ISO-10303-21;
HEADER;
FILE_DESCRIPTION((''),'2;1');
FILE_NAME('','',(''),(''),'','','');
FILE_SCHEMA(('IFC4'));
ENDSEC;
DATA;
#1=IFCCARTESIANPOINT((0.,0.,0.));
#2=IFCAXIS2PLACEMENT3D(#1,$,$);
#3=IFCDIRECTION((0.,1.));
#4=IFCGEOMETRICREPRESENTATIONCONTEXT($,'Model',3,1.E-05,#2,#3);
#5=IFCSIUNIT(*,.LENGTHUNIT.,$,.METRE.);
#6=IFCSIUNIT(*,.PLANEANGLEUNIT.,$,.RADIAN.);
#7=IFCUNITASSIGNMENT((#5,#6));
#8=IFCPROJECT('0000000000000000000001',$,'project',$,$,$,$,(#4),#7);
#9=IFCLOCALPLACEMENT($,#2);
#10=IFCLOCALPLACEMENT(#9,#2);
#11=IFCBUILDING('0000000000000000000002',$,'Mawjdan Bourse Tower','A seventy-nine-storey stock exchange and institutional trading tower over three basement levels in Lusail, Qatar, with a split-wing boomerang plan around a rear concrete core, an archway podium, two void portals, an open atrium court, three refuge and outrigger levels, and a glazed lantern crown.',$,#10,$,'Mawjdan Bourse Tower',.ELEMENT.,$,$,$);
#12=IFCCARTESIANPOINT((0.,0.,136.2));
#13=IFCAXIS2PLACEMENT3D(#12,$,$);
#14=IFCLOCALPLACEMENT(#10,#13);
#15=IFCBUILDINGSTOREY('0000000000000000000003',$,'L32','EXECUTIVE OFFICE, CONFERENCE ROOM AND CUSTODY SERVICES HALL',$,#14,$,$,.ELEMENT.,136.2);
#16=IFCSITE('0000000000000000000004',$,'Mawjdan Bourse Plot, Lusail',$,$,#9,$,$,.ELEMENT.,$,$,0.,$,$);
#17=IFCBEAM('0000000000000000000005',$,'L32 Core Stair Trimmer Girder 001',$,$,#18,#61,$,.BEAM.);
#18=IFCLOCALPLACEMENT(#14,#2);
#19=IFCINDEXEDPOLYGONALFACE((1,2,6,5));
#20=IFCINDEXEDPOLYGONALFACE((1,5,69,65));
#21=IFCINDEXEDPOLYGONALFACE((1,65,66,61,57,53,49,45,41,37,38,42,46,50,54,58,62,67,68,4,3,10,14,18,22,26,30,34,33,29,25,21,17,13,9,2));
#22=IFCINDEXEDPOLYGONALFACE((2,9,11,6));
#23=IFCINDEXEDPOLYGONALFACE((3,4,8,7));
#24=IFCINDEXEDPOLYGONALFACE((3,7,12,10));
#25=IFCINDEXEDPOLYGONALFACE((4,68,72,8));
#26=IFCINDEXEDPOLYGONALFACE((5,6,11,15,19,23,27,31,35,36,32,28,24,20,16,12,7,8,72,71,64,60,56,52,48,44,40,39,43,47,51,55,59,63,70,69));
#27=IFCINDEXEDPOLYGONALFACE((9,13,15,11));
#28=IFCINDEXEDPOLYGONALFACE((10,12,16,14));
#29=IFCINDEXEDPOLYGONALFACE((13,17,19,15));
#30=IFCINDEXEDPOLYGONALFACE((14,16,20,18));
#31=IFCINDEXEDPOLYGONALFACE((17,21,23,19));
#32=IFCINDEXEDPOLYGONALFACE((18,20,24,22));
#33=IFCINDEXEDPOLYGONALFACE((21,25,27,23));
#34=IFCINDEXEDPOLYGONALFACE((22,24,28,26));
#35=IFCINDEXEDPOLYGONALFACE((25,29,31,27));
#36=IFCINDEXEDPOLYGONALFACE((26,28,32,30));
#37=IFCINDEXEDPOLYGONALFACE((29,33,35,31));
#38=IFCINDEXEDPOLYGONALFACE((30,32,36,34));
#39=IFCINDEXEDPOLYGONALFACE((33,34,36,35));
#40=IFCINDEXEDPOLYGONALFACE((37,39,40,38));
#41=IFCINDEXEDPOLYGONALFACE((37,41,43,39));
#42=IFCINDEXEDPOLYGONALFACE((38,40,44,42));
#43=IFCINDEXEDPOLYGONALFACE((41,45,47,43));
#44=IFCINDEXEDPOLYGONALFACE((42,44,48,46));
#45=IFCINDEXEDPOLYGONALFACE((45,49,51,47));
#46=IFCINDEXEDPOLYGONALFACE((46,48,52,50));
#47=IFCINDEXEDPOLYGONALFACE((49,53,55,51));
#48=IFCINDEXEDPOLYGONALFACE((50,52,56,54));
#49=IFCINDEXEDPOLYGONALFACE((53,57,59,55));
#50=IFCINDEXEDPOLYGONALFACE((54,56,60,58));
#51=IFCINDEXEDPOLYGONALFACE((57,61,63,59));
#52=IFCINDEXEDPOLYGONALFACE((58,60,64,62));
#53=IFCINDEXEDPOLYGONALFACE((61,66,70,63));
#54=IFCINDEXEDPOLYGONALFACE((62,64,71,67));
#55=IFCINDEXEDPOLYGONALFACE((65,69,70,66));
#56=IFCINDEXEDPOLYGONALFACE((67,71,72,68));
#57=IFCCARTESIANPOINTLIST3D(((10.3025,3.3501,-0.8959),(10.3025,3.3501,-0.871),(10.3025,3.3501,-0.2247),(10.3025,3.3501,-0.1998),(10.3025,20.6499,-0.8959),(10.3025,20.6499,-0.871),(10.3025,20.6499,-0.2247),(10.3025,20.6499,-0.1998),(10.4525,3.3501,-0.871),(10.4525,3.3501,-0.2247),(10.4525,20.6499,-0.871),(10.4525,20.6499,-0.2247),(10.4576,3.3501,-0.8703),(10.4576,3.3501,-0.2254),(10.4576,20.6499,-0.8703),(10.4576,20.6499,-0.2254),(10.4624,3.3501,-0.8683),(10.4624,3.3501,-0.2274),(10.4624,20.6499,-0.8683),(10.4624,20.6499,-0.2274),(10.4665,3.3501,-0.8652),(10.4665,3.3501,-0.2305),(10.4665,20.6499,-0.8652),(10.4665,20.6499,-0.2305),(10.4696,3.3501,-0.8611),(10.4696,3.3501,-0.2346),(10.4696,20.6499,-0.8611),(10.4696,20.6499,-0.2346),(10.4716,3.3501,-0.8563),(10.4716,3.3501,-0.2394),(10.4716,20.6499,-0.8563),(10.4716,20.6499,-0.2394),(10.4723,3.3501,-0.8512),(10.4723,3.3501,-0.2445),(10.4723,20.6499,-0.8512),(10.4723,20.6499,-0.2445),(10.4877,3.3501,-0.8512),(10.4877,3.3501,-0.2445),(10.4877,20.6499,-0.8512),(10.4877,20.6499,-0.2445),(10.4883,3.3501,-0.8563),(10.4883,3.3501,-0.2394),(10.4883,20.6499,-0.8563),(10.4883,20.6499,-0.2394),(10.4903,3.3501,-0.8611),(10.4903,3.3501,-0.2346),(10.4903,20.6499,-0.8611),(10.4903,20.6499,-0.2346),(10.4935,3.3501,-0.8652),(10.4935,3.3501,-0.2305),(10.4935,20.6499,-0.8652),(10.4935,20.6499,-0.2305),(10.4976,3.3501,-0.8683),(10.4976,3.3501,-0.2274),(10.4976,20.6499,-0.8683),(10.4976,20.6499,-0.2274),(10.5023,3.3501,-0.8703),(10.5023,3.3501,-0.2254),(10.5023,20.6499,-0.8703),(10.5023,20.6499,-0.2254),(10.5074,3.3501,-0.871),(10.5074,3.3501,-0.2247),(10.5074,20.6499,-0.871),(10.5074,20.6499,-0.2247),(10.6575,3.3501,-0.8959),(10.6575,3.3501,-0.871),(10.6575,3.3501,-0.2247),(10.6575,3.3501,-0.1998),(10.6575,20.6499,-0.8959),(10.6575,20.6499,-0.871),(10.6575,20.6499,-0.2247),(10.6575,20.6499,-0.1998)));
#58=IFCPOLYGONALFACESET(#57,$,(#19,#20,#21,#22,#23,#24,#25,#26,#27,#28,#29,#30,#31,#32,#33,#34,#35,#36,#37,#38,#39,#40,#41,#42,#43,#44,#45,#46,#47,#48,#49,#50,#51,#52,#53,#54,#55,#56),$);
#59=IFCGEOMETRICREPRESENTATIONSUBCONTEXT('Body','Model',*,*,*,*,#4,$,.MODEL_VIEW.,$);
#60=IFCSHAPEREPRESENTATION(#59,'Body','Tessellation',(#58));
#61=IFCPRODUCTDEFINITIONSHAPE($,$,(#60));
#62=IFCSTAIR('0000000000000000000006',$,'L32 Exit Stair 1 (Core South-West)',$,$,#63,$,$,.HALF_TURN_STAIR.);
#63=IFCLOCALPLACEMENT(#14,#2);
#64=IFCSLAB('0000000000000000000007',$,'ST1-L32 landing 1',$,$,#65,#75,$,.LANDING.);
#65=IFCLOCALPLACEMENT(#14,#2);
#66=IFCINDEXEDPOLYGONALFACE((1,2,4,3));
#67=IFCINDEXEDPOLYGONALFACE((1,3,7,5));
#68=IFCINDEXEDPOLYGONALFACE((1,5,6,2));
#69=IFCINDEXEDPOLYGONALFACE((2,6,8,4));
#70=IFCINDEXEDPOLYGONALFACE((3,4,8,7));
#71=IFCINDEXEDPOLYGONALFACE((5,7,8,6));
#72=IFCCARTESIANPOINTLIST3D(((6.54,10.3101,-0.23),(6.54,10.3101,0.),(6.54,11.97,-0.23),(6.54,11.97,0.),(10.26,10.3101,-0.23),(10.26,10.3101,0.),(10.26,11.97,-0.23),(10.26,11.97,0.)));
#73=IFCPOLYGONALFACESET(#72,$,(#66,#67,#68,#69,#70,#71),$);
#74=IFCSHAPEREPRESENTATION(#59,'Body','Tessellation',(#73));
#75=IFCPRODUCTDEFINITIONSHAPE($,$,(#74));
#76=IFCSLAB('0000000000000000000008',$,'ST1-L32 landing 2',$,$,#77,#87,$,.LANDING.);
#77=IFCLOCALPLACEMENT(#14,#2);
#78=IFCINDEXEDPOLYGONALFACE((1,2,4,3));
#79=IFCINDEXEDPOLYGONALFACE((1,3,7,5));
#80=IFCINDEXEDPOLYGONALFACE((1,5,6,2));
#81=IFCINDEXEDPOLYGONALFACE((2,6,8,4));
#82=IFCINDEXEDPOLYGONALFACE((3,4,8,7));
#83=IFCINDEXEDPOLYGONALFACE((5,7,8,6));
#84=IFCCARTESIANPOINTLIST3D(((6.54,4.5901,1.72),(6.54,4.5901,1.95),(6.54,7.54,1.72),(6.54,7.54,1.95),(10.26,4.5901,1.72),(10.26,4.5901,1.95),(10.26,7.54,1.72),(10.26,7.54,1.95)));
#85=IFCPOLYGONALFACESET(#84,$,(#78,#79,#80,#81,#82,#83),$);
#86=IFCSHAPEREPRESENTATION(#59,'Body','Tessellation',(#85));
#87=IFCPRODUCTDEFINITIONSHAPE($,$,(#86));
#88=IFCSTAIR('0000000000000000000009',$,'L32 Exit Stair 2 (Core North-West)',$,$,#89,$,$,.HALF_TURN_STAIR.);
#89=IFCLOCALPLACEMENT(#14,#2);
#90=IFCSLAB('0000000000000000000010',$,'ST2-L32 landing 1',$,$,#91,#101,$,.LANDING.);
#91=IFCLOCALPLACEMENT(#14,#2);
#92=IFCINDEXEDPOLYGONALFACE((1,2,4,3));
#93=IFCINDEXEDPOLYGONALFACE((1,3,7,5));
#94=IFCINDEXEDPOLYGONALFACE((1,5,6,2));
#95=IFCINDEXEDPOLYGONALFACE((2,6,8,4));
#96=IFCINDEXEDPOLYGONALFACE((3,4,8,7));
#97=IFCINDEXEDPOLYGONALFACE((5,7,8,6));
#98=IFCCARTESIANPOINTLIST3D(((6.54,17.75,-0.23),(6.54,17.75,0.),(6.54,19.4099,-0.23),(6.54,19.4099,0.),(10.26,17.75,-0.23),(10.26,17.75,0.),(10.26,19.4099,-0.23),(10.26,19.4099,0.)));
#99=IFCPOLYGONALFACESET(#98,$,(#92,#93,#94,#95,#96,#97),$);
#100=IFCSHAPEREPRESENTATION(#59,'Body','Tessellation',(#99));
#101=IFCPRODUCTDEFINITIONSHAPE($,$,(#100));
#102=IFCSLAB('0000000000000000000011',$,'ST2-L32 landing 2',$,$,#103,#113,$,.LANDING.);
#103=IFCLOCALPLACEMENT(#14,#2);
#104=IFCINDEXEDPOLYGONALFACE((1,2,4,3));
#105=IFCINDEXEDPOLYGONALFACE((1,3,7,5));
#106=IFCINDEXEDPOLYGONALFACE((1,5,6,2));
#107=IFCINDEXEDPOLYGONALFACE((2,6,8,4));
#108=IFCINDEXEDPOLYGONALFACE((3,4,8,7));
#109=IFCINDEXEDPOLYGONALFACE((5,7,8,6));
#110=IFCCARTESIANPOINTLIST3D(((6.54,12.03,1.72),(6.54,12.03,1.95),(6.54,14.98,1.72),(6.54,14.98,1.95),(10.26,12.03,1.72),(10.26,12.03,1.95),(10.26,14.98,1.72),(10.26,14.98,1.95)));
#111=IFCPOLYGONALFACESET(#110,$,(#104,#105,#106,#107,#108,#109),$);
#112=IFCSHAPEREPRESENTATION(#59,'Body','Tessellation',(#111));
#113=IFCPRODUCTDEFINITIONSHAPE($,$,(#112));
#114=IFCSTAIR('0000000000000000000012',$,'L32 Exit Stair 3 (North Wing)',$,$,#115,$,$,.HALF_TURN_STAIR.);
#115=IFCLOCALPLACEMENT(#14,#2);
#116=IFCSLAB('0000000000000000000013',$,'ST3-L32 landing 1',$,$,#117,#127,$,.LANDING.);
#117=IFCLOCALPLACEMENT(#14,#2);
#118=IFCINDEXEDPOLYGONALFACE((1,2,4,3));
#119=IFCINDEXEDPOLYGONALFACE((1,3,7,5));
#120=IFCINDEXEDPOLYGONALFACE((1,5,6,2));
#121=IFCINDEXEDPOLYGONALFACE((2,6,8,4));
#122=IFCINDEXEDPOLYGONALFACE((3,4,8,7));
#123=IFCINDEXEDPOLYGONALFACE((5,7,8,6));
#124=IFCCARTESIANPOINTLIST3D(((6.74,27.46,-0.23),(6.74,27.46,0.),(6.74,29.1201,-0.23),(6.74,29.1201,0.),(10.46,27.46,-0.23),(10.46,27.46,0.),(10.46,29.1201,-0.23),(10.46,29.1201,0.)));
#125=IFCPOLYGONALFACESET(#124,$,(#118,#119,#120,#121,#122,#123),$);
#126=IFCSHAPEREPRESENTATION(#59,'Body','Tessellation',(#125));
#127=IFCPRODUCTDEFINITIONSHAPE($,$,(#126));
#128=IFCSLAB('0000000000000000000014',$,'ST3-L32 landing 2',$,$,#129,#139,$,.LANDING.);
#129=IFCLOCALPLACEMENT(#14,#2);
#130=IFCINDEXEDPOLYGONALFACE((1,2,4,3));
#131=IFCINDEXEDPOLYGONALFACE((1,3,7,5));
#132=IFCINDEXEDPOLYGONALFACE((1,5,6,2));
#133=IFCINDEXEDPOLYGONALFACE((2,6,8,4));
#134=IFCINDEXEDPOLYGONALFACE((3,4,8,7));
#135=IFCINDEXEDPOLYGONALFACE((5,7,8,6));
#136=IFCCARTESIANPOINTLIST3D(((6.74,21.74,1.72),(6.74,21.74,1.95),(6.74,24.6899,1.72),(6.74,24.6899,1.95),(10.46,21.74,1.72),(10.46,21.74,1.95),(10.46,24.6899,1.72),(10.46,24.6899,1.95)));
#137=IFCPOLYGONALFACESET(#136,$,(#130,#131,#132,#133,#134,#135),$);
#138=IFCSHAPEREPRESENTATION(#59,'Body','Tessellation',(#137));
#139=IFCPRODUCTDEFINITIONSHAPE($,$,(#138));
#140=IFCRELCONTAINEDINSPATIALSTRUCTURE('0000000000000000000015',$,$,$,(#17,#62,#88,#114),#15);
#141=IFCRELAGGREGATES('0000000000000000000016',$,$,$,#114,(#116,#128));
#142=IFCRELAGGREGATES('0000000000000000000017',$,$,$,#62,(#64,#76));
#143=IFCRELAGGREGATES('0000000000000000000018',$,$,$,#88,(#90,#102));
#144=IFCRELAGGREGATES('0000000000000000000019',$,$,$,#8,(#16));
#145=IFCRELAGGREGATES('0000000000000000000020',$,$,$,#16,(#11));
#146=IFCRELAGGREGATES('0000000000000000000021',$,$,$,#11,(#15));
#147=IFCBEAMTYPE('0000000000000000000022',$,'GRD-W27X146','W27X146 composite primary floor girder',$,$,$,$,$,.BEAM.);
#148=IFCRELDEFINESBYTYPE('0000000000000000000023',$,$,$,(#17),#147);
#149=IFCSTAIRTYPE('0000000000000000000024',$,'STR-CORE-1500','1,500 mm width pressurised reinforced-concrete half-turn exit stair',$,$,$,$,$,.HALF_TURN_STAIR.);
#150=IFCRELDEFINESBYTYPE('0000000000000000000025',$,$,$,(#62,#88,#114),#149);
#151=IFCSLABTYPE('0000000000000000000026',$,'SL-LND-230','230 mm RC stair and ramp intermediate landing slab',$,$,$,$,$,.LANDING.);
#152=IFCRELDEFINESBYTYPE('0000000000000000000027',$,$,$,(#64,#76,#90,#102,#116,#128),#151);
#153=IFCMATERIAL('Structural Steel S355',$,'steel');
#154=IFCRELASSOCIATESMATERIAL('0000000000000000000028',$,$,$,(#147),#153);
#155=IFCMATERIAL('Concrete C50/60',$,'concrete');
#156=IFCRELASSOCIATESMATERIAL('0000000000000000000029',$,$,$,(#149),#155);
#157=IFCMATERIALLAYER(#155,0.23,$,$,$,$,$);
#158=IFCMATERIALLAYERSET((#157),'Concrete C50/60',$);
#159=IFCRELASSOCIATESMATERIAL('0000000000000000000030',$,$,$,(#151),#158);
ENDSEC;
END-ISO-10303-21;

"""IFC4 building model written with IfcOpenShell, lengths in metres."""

from ifc_helpers import new_model, si_unit, direction, frame, origin, origin_2d, place, context, subcontext, project, spatial, polyline, i_section, outline, extrude, material, layer, layer_set, material_profile, profile_set, type_object, element, aggregate, save


model = new_model("IFC4")

# Units and contexts
model_context = context("Model", 3, precision=1e-05, world=origin(), true_north=direction((0.0, 1.0)))
body_context = subcontext(model_context, "Body", "Model", "MODEL_VIEW")
ifc_project = project(units=[si_unit("LENGTHUNIT", "METRE"), si_unit("PLANEANGLEUNIT", "RADIAN")], contexts=[model_context])

# Site, building, storey
site_placement = place(None, origin())
site = spatial("IfcSite", under=ifc_project, at=site_placement, Name="Mawjdan Bourse Plot, Lusail", CompositionType="ELEMENT", RefElevation=0.0)
building_placement = place(site_placement, origin())
building = spatial("IfcBuilding", under=site, at=building_placement, Name="Mawjdan Bourse Tower", Description="A seventy-nine-storey stock exchange and institutional trading tower over three basement levels in Lusail, Qatar, with a split-wing boomerang plan around a rear concrete core, an archway podium, two void portals, an open atrium court, three refuge and outrigger levels, and a glazed lantern crown.", LongName="Mawjdan Bourse Tower", CompositionType="ELEMENT")
storey_placement = place(building_placement, frame((0.0, 0.0, 136.2)))
storey = spatial("IfcBuildingStorey", under=building, at=storey_placement, Name="L32", Description="EXECUTIVE OFFICE, CONFERENCE ROOM AND CUSTODY SERVICES HALL", CompositionType="ELEMENT", Elevation=136.2)

# Beam
ifc_material_1 = material(Name="Structural Steel S355", Category="steel")
ifc_material_profile = material_profile(ifc_material_1, i_section(OverallWidth=0.355, OverallDepth=0.696, WebThickness=0.0154, FlangeThickness=0.0249, FilletRadius=0.0198, at=origin_2d()), Name="W27X146")
ifc_profile_set = profile_set([ifc_material_profile], Name="Structural Steel S355")
beam_type = type_object("IfcBeamType", Name="GRD-W27X146", Description="W27X146 composite primary floor girder", PredefinedType="BEAM", material=ifc_profile_set)
beam_placement = place(storey_placement, frame((10.48, 3.3501, -0.5479), z_axis=(0.0, 1.0, 0.0), x_axis=(-1.0, 0.0, 0.0)))
element("IfcBeam", 1, at=beam_placement, inside=storey, type_object=beam_type, Name="L32 Core Stair Trimmer Girder 001", PredefinedType="BEAM", context=body_context, shape_type="SweptSolid", body=[
    extrude(i_section(OverallWidth=0.355, OverallDepth=0.696, WebThickness=0.0154, FlangeThickness=0.0249, FilletRadius=0.0198, at=origin_2d()), origin(), (0.0, 0.0, 1.0), 17.2998),
])

# Stairs, slabs
ifc_material_2 = material(Name="Concrete C50/60", Category="concrete")
stair_type = type_object("IfcStairType", Name="STR-CORE-1500", Description="1,500 mm width pressurised reinforced-concrete half-turn exit stair", PredefinedType="HALF_TURN_STAIR", material=ifc_material_2)
stair_1_placement = place(storey_placement, origin())
stair_1 = element("IfcStair", 2, at=stair_1_placement, inside=storey, type_object=stair_type, Name="L32 Exit Stair 1 (Core South-West)", PredefinedType="HALF_TURN_STAIR")
ifc_layer_1 = layer(ifc_material_2, 0.23)
ifc_layer_set_1 = layer_set([ifc_layer_1], Name="Concrete C50/60")
slab_type_1 = type_object("IfcSlabType", Name="SL-LND-230", Description="230 mm RC stair and ramp intermediate landing slab", PredefinedType="LANDING", material=ifc_layer_set_1)
slab_1_placement = place(storey_placement, frame((0.0, 0.0, -0.23)))
slab_1 = element("IfcSlab", 3, at=slab_1_placement, type_object=slab_type_1, Name="ST1-L32 landing 1", PredefinedType="LANDING", context=body_context, shape_type="SweptSolid", body=[
    extrude(outline(polyline([(6.54, 10.3101), (10.26, 10.3101), (10.26, 11.97), (6.54, 11.97), (6.54, 10.3101)])), origin(), (0.0, 0.0, 1.0), 0.23),
])
slab_2_placement = place(storey_placement, frame((0.0, 0.0, 1.72)))
slab_2 = element("IfcSlab", 4, at=slab_2_placement, type_object=slab_type_1, Name="ST1-L32 landing 2", PredefinedType="LANDING", context=body_context, shape_type="SweptSolid", body=[
    extrude(outline(polyline([(6.54, 4.5901), (10.26, 4.5901), (10.26, 7.54), (6.54, 7.54), (6.54, 4.5901)])), origin(), (0.0, 0.0, 1.0), 0.23),
])
stair_2_placement = place(storey_placement, origin())
stair_2 = element("IfcStair", 5, at=stair_2_placement, inside=storey, type_object=stair_type, Name="L32 Exit Stair 2 (Core North-West)", PredefinedType="HALF_TURN_STAIR")
slab_3_placement = place(storey_placement, frame((0.0, 0.0, -0.23)))
slab_3 = element("IfcSlab", 6, at=slab_3_placement, type_object=slab_type_1, Name="ST2-L32 landing 1", PredefinedType="LANDING", context=body_context, shape_type="SweptSolid", body=[
    extrude(outline(polyline([(6.54, 17.75), (10.26, 17.75), (10.26, 19.4099), (6.54, 19.4099), (6.54, 17.75)])), origin(), (0.0, 0.0, 1.0), 0.23),
])
slab_4_placement = place(storey_placement, frame((0.0, 0.0, 1.72)))
slab_4 = element("IfcSlab", 7, at=slab_4_placement, type_object=slab_type_1, Name="ST2-L32 landing 2", PredefinedType="LANDING", context=body_context, shape_type="SweptSolid", body=[
    extrude(outline(polyline([(6.54, 12.03), (10.26, 12.03), (10.26, 14.98), (6.54, 14.98), (6.54, 12.03)])), origin(), (0.0, 0.0, 1.0), 0.23),
])
stair_3_placement = place(storey_placement, origin())
stair_3 = element("IfcStair", 8, at=stair_3_placement, inside=storey, type_object=stair_type, Name="L32 Exit Stair 3 (North Wing)", PredefinedType="HALF_TURN_STAIR")
slab_5_placement = place(storey_placement, frame((0.0, 0.0, -0.23)))
slab_5 = element("IfcSlab", 9, at=slab_5_placement, type_object=slab_type_1, Name="ST3-L32 landing 1", PredefinedType="LANDING", context=body_context, shape_type="SweptSolid", body=[
    extrude(outline(polyline([(6.74, 27.46), (10.46, 27.46), (10.46, 29.1201), (6.74, 29.1201), (6.74, 27.46)])), origin(), (0.0, 0.0, 1.0), 0.23),
])
slab_6_placement = place(storey_placement, frame((0.0, 0.0, 1.72)))
slab_6 = element("IfcSlab", 10, at=slab_6_placement, type_object=slab_type_1, Name="ST3-L32 landing 2", PredefinedType="LANDING", context=body_context, shape_type="SweptSolid", body=[
    extrude(outline(polyline([(6.74, 21.74), (10.46, 21.74), (10.46, 24.6899), (6.74, 24.6899), (6.74, 21.74)])), origin(), (0.0, 0.0, 1.0), 0.23),
])
aggregate(stair_3, [slab_5, slab_6])

aggregate(stair_1, [slab_1, slab_2])
aggregate(stair_2, [slab_3, slab_4])

save(model, "model.ifc")
